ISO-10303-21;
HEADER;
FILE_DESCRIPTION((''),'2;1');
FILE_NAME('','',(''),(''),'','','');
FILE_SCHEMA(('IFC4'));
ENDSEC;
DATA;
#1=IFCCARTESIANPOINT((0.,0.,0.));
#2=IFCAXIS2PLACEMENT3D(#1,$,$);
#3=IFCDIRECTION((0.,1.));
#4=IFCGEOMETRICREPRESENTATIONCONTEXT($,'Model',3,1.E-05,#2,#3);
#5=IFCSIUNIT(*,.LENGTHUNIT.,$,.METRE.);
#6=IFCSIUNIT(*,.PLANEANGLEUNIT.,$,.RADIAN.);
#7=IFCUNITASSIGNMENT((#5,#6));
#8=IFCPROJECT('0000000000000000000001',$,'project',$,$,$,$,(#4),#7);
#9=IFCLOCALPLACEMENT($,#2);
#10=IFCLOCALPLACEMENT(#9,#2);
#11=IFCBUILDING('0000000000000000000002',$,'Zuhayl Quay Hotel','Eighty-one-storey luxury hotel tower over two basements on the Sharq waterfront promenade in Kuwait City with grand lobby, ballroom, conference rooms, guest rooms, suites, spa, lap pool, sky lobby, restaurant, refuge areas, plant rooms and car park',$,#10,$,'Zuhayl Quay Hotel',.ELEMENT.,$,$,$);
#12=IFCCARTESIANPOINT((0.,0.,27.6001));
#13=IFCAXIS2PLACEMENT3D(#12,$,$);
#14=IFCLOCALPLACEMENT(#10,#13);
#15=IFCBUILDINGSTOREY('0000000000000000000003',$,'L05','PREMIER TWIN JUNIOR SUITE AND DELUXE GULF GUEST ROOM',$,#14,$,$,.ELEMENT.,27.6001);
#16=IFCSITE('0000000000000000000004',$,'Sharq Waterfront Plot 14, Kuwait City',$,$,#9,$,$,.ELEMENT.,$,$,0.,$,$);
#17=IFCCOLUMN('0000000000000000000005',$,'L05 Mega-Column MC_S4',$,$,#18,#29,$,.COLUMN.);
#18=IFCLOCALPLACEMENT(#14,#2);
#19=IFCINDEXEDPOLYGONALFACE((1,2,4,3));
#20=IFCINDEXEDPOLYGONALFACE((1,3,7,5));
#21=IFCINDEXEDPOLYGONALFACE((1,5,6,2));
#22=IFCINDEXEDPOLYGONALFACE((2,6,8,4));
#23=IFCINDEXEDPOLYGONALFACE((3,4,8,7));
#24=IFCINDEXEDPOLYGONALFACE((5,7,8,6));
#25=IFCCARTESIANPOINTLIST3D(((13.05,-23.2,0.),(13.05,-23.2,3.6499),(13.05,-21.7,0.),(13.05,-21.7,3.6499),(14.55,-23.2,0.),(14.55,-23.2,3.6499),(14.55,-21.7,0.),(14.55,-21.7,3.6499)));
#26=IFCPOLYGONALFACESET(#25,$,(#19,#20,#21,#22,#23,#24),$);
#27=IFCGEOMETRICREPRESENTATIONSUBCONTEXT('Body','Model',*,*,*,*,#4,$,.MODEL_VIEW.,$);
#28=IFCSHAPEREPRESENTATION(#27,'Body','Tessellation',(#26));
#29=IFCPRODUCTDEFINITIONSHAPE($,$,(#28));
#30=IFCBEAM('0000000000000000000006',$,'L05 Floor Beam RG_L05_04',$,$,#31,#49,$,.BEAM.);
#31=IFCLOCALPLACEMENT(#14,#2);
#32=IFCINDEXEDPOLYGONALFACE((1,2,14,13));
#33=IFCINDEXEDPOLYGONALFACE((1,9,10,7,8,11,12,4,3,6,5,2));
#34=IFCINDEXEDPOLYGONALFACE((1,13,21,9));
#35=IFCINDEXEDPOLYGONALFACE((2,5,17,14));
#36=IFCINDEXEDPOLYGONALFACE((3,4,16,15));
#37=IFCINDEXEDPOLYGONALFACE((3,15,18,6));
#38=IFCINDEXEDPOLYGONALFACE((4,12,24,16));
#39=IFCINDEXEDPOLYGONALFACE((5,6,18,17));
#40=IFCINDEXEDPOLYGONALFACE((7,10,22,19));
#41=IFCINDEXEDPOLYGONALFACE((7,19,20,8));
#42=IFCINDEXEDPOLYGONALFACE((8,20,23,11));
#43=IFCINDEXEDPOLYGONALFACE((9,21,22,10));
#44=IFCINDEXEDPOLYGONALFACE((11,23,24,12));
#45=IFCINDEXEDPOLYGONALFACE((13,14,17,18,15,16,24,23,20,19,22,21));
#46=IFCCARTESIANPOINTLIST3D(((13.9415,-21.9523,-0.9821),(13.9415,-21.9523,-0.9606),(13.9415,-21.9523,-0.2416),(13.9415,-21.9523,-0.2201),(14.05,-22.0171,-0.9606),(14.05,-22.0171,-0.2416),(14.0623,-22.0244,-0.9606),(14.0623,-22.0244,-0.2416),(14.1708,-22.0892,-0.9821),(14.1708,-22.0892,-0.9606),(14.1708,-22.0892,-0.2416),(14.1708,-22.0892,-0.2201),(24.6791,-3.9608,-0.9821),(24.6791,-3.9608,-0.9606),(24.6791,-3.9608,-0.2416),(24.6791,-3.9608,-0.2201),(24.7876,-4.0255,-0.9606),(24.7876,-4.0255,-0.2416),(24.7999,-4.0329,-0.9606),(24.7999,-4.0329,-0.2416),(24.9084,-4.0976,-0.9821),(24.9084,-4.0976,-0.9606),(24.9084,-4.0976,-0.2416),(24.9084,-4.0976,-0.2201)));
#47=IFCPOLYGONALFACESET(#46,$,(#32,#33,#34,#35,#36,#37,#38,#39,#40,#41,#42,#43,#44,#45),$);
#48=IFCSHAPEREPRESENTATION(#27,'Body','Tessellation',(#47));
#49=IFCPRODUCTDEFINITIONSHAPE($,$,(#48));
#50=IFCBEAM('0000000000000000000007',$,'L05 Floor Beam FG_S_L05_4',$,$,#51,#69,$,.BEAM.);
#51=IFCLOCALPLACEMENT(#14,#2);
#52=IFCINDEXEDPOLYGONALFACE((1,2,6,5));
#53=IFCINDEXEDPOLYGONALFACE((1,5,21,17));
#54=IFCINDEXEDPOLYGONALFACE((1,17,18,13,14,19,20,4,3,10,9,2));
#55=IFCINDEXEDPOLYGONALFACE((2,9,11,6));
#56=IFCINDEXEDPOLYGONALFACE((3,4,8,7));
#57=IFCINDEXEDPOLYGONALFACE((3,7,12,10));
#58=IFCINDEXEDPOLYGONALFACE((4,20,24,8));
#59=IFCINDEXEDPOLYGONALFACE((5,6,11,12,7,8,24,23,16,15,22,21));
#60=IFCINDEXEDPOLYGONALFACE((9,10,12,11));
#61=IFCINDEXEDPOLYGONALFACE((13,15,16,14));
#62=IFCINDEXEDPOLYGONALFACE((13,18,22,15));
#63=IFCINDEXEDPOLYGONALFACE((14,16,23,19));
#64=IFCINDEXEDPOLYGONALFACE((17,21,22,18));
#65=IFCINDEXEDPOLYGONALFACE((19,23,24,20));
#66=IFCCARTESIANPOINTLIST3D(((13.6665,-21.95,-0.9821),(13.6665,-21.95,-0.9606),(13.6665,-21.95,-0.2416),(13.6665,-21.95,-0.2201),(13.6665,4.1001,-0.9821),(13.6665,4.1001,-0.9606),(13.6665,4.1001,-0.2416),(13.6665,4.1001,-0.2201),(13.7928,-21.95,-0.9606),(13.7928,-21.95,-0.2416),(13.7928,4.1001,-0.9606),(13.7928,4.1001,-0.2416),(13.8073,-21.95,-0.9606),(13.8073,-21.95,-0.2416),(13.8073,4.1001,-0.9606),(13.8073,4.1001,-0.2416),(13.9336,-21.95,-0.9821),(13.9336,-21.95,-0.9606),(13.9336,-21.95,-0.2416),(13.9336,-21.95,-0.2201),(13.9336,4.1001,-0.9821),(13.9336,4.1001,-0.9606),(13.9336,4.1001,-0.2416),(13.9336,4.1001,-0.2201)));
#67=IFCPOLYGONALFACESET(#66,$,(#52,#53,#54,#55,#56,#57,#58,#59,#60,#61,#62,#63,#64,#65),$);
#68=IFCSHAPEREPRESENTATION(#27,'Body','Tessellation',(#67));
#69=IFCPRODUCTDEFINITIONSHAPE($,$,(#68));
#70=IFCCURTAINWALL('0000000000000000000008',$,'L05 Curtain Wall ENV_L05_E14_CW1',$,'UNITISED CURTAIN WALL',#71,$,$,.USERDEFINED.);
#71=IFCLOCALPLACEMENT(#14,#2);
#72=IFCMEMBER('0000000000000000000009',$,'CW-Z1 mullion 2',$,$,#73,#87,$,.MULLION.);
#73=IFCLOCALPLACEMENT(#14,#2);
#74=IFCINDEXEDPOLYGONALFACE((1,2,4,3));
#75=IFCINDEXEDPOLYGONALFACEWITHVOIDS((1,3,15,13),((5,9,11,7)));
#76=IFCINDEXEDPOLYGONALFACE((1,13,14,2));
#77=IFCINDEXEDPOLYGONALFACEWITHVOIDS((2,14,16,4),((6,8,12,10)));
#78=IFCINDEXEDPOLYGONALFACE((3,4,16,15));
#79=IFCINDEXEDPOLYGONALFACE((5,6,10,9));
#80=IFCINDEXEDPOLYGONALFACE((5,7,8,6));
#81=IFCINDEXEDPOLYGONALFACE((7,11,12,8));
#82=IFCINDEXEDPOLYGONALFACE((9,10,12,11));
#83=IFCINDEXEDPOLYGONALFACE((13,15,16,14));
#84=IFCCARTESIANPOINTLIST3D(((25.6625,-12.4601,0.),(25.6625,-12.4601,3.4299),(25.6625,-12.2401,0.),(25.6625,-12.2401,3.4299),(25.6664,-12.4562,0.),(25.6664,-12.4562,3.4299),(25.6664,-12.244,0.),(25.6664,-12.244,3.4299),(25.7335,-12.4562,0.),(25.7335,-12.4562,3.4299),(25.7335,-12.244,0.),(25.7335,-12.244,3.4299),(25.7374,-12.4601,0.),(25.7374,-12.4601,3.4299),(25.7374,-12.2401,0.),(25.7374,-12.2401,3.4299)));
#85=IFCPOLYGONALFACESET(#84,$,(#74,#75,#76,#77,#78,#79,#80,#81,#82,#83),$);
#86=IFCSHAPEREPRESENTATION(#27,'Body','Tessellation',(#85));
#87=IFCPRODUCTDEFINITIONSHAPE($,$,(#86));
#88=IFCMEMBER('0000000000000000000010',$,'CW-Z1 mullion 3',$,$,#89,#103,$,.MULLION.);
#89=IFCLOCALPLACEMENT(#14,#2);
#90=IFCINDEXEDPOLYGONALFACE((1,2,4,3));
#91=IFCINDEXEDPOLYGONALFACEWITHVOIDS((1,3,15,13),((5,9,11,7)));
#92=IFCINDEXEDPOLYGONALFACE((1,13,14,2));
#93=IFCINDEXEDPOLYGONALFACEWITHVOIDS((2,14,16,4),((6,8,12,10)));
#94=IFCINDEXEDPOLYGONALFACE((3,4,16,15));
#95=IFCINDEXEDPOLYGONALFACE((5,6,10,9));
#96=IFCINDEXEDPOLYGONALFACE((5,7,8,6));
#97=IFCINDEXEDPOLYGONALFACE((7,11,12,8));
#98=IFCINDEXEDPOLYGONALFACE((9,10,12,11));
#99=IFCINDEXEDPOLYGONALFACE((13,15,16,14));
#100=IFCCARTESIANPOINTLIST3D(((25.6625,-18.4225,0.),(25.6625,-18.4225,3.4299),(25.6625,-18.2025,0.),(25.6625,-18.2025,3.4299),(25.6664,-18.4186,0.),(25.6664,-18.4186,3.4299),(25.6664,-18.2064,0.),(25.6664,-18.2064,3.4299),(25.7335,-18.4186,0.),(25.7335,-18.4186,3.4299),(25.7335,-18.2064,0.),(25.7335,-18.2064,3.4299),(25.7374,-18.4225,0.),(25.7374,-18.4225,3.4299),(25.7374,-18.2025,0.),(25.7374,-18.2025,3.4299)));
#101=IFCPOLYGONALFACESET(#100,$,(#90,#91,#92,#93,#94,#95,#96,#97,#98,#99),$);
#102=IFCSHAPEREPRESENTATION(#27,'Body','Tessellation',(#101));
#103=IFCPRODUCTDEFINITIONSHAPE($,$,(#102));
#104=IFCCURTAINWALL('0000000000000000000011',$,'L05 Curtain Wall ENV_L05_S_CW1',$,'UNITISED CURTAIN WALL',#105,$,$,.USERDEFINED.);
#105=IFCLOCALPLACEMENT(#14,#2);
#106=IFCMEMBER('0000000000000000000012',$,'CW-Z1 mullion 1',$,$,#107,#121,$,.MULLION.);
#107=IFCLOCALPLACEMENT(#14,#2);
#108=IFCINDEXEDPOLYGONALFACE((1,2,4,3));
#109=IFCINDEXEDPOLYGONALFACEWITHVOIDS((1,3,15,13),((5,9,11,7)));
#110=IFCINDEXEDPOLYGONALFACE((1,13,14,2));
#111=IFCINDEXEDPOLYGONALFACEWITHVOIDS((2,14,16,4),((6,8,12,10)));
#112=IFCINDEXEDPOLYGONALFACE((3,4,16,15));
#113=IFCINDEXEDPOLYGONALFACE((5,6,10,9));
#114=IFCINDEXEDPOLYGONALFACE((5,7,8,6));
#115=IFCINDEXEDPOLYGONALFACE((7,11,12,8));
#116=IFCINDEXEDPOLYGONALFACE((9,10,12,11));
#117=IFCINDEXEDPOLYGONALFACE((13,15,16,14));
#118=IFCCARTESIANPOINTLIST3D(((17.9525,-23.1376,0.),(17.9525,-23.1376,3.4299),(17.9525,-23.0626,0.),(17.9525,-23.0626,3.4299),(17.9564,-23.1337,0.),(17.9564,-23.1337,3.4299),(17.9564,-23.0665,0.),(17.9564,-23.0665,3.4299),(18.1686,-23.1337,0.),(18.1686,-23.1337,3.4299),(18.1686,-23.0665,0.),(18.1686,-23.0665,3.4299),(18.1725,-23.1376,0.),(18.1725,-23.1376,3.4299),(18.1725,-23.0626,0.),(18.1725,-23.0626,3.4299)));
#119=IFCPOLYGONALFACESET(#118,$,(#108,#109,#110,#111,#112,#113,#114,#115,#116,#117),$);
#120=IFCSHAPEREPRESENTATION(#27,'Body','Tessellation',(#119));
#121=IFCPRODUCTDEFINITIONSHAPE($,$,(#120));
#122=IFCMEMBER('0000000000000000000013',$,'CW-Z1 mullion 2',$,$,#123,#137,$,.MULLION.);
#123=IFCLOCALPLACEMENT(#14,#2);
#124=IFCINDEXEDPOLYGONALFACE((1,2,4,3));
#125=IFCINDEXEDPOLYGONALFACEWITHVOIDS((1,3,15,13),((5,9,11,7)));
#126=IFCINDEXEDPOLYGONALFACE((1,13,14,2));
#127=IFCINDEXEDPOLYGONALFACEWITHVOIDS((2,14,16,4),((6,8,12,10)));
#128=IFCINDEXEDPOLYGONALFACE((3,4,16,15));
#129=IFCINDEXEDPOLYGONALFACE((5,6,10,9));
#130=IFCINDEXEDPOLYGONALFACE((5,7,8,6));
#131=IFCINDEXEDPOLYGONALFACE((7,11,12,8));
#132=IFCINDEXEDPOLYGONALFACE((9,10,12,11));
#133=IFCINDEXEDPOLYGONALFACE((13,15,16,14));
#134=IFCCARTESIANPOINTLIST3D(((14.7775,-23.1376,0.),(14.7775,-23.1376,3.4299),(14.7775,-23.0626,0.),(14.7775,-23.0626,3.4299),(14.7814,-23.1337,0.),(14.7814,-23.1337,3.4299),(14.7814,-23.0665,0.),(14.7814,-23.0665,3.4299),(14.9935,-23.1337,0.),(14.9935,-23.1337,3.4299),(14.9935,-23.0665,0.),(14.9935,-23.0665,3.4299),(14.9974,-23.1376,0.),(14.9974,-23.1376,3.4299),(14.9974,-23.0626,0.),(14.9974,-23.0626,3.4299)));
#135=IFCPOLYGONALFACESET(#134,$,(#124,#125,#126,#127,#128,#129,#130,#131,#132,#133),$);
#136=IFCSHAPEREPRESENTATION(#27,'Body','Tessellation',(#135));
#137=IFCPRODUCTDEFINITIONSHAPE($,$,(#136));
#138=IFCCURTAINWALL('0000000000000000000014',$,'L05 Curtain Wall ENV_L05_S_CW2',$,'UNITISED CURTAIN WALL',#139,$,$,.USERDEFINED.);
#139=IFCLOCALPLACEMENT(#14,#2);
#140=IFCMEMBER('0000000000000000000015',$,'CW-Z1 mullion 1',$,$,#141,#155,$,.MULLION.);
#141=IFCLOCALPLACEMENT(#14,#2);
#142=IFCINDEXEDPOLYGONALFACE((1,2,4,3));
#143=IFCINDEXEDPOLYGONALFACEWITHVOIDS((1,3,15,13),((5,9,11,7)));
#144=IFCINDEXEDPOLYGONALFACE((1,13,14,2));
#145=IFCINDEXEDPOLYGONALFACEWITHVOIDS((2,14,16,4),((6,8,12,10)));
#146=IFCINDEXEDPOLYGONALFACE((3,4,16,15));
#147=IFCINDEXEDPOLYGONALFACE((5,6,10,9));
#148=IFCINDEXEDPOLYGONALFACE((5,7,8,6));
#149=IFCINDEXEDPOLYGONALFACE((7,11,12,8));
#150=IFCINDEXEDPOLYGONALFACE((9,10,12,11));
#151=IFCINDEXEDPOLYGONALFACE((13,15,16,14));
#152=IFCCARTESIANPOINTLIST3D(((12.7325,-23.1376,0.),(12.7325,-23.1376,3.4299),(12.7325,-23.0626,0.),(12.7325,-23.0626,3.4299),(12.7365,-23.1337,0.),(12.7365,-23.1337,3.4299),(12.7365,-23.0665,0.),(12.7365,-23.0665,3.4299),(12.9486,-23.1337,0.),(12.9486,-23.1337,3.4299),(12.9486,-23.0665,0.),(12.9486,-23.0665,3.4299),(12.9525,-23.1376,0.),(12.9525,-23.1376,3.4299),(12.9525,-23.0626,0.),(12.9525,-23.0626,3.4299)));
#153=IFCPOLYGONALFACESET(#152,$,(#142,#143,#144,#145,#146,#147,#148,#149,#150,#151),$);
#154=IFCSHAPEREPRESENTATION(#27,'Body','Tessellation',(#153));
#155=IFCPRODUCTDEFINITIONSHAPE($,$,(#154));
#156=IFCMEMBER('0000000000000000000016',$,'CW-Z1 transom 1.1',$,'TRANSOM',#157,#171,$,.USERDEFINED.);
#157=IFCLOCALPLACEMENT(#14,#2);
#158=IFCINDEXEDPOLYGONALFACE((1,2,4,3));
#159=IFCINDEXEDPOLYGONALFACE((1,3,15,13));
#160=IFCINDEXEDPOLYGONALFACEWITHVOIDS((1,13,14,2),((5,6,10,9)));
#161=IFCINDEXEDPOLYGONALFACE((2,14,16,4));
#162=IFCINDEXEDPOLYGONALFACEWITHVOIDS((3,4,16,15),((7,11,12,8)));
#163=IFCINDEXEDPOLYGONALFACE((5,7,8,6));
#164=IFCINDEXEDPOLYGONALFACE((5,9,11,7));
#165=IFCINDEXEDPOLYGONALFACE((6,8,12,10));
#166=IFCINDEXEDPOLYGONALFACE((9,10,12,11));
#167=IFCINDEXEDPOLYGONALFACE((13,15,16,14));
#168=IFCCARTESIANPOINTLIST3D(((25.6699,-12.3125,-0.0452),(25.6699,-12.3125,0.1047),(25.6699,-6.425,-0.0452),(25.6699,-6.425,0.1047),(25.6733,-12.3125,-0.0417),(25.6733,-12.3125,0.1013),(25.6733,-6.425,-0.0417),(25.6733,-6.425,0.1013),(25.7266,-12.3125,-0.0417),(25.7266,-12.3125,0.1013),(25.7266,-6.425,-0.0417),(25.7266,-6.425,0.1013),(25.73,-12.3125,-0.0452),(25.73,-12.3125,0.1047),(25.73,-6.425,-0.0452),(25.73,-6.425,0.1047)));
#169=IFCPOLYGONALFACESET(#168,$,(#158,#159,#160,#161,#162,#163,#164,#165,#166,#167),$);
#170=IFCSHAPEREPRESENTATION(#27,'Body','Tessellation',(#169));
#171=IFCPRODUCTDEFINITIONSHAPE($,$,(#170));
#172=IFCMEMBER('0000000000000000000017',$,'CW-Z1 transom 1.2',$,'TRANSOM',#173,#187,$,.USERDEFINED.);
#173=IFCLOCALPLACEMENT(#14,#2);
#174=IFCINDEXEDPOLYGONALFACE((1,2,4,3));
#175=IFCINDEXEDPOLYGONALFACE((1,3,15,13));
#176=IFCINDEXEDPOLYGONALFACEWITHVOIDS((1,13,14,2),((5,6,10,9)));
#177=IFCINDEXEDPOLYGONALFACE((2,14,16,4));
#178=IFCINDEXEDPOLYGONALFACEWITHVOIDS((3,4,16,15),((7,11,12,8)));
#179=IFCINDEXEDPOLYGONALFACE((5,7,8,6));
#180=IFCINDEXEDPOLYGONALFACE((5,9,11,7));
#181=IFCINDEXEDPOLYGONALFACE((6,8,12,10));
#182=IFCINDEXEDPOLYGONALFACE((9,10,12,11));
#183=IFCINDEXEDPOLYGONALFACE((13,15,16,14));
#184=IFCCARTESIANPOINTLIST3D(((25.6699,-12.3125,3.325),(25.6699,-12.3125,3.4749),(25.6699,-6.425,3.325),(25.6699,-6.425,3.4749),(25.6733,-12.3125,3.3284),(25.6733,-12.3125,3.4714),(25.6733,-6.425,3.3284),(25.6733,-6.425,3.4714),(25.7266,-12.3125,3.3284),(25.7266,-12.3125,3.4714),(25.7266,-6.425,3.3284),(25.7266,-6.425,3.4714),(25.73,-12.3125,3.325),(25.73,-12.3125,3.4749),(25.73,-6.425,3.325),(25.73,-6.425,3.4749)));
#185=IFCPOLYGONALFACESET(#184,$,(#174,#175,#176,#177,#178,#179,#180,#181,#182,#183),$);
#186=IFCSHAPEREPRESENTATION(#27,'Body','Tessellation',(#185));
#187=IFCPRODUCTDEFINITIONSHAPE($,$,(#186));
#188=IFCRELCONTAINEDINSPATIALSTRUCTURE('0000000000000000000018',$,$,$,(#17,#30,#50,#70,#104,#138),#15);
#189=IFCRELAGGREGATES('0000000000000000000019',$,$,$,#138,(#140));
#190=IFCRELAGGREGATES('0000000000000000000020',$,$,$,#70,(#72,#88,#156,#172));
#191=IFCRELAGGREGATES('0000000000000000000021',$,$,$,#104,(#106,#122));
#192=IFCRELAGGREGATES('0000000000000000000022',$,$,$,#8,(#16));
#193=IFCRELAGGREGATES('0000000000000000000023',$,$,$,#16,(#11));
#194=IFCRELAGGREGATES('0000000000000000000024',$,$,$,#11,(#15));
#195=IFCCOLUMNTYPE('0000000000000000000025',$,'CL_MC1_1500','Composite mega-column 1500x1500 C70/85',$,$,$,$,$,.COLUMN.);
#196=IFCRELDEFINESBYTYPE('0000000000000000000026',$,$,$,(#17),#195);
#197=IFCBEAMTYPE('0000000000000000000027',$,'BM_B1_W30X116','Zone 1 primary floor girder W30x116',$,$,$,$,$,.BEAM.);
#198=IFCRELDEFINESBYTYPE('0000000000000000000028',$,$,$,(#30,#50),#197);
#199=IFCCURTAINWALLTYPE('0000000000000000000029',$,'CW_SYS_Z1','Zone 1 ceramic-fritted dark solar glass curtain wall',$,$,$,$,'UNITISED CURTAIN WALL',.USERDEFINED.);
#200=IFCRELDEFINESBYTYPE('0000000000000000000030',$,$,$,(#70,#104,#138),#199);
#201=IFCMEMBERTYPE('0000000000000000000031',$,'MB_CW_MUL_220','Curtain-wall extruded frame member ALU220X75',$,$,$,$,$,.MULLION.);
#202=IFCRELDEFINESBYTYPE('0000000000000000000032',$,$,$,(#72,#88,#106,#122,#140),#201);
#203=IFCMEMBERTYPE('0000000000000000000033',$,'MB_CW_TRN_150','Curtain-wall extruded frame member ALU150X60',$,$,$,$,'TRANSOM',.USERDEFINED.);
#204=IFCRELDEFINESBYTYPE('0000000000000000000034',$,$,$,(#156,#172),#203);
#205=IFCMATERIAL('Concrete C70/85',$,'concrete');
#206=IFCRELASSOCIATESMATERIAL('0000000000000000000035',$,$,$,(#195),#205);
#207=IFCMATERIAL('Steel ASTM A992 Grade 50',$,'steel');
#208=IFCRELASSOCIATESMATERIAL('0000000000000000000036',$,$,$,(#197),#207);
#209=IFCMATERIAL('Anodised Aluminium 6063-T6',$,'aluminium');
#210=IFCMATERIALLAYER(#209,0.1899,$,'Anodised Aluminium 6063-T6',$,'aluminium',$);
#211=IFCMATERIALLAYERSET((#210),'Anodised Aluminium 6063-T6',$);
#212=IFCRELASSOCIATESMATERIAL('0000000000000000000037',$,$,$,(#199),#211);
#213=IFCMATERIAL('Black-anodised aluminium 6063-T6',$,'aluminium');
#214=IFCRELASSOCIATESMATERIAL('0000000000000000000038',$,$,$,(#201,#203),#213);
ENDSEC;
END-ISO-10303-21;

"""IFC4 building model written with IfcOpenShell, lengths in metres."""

from ifc_helpers import new_model, si_unit, direction, frame, origin, origin_2d, place, context, subcontext, project, spatial, rectangle, hollow_rectangle, i_section, extrude, material, layer, layer_set, material_profile, profile_set, type_object, element, aggregate, save


model = new_model("IFC4")

# Units and contexts
model_context = context("Model", 3, precision=1e-05, world=origin(), true_north=direction((0.0, 1.0)))
body_context = subcontext(model_context, "Body", "Model", "MODEL_VIEW")
ifc_project = project(units=[si_unit("LENGTHUNIT", "METRE"), si_unit("PLANEANGLEUNIT", "RADIAN")], contexts=[model_context])

# Site, building, storey
site_placement = place(None, origin())
site = spatial("IfcSite", under=ifc_project, at=site_placement, Name="Sharq Waterfront Plot 14, Kuwait City", CompositionType="ELEMENT", RefElevation=0.0)
building_placement = place(site_placement, origin())
building = spatial("IfcBuilding", under=site, at=building_placement, Name="Zuhayl Quay Hotel", Description="Eighty-one-storey luxury hotel tower over two basements on the Sharq waterfront promenade in Kuwait City with grand lobby, ballroom, conference rooms, guest rooms, suites, spa, lap pool, sky lobby, restaurant, refuge areas, plant rooms and car park", LongName="Zuhayl Quay Hotel", CompositionType="ELEMENT")
storey_placement = place(building_placement, frame((0.0, 0.0, 27.6001)))
storey = spatial("IfcBuildingStorey", under=building, at=storey_placement, Name="L05", Description="PREMIER TWIN JUNIOR SUITE AND DELUXE GULF GUEST ROOM", CompositionType="ELEMENT", Elevation=27.6001)

# Column
ifc_material_1 = material(Name="Concrete C70/85", Category="concrete")
ifc_material_profile_1 = material_profile(ifc_material_1, rectangle(XDim=1.5, YDim=1.5, at=origin_2d()), Name="RC1500X1500")
ifc_profile_set_1 = profile_set([ifc_material_profile_1], Name="Concrete C70/85")
column_type = type_object("IfcColumnType", Name="CL_MC1_1500", Description="Composite mega-column 1500x1500 C70/85", PredefinedType="COLUMN", material=ifc_profile_set_1)
column_placement = place(storey_placement, frame((13.8, -22.45, 0.0), z_axis=(0.0, 0.0, 1.0), x_axis=(1.0, 0.0, 0.0)))
element("IfcColumn", 1, at=column_placement, inside=storey, type_object=column_type, Name="L05 Mega-Column MC_S4", PredefinedType="COLUMN", context=body_context, shape_type="SweptSolid", body=[
    extrude(rectangle(XDim=1.5, YDim=1.5, at=origin_2d()), origin(), (0.0, 0.0, 1.0), 3.6499),
])

# Beams
ifc_material_2 = material(Name="Steel ASTM A992 Grade 50", Category="steel")
ifc_material_profile_2 = material_profile(ifc_material_2, i_section(OverallWidth=0.2671, OverallDepth=0.762, WebThickness=0.0144, FlangeThickness=0.0215, at=origin_2d()), Name="W30X116")
ifc_profile_set_2 = profile_set([ifc_material_profile_2], Name="Steel ASTM A992 Grade 50")
beam_type = type_object("IfcBeamType", Name="BM_B1_W30X116", Description="Zone 1 primary floor girder W30x116", PredefinedType="BEAM", material=ifc_profile_set_2)
beam_1_placement = place(storey_placement, frame((14.0562, -22.0208, -0.6011), z_axis=(0.512483, 0.858698, 0.0), x_axis=(-0.858698, 0.512483, 0.0)))
element("IfcBeam", 2, at=beam_1_placement, inside=storey, type_object=beam_type, Name="L05 Floor Beam RG_L05_04", PredefinedType="BEAM", context=body_context, shape_type="SweptSolid", body=[
    extrude(i_section(OverallWidth=0.2671, OverallDepth=0.762, WebThickness=0.0144, FlangeThickness=0.0215, at=origin_2d()), origin(), (0.0, 0.0, 1.0), 20.9521),
])
beam_2_placement = place(storey_placement, frame((13.8, -21.95, -0.6011), z_axis=(0.0, 1.0, 0.0), x_axis=(-1.0, 0.0, 0.0)))
element("IfcBeam", 3, at=beam_2_placement, inside=storey, type_object=beam_type, Name="L05 Floor Beam FG_S_L05_4", PredefinedType="BEAM", context=body_context, shape_type="SweptSolid", body=[
    extrude(i_section(OverallWidth=0.2671, OverallDepth=0.762, WebThickness=0.0144, FlangeThickness=0.0215, at=origin_2d()), origin(), (0.0, 0.0, 1.0), 26.05),
])

# Curtain walls, members
ifc_material_3 = material(Name="Anodised Aluminium 6063-T6", Category="aluminium")
ifc_layer_1 = layer(ifc_material_3, 0.1899, Name="Anodised Aluminium 6063-T6", Category="aluminium")
ifc_layer_set_1 = layer_set([ifc_layer_1], Name="Anodised Aluminium 6063-T6")
curtain_wall_type = type_object("IfcCurtainWallType", Name="CW_SYS_Z1", Description="Zone 1 ceramic-fritted dark solar glass curtain wall", ElementType="UNITISED CURTAIN WALL", PredefinedType="USERDEFINED", material=ifc_layer_set_1)
curtain_wall_1_placement = place(storey_placement, origin())
curtain_wall_1 = element("IfcCurtainWall", 4, at=curtain_wall_1_placement, inside=storey, type_object=curtain_wall_type, Name="L05 Curtain Wall ENV_L05_E14_CW1", ObjectType="UNITISED CURTAIN WALL", PredefinedType="USERDEFINED")
ifc_material_4 = material(Name="Black-anodised aluminium 6063-T6", Category="aluminium")
ifc_material_profile_3 = material_profile(ifc_material_4, hollow_rectangle(XDim=0.075, YDim=0.22, WallThickness=0.0039, at=origin_2d()), Name="ALU220X75")
ifc_profile_set_3 = profile_set([ifc_material_profile_3], Name="Black-anodised aluminium 6063-T6")
member_type_1 = type_object("IfcMemberType", Name="MB_CW_MUL_220", Description="Curtain-wall extruded frame member ALU220X75", PredefinedType="MULLION", material=ifc_profile_set_3)
member_1_placement = place(storey_placement, frame((25.7, -12.3501, 0.0), z_axis=(0.0, 0.0, 1.0), x_axis=(1.0, 0.0, 0.0)))
member_1 = element("IfcMember", 5, at=member_1_placement, type_object=member_type_1, Name="CW-Z1 mullion 2", PredefinedType="MULLION", context=body_context, shape_type="SweptSolid", body=[
    extrude(hollow_rectangle(XDim=0.075, YDim=0.22, WallThickness=0.0039, at=origin_2d()), origin(), (0.0, 0.0, 1.0), 3.4299),
])
member_2_placement = place(storey_placement, frame((25.7, -18.3125, 0.0), z_axis=(0.0, 0.0, 1.0), x_axis=(1.0, 0.0, 0.0)))
member_2 = element("IfcMember", 6, at=member_2_placement, type_object=member_type_1, Name="CW-Z1 mullion 3", PredefinedType="MULLION", context=body_context, shape_type="SweptSolid", body=[
    extrude(hollow_rectangle(XDim=0.075, YDim=0.22, WallThickness=0.0039, at=origin_2d()), origin(), (0.0, 0.0, 1.0), 3.4299),
])
curtain_wall_2_placement = place(storey_placement, origin())
curtain_wall_2 = element("IfcCurtainWall", 7, at=curtain_wall_2_placement, inside=storey, type_object=curtain_wall_type, Name="L05 Curtain Wall ENV_L05_S_CW1", ObjectType="UNITISED CURTAIN WALL", PredefinedType="USERDEFINED")
member_3_placement = place(storey_placement, frame((18.0625, -23.1001, 0.0), z_axis=(0.0, 0.0, 1.0), x_axis=(0.0, -1.0, 0.0)))
member_3 = element("IfcMember", 8, at=member_3_placement, type_object=member_type_1, Name="CW-Z1 mullion 1", PredefinedType="MULLION", context=body_context, shape_type="SweptSolid", body=[
    extrude(hollow_rectangle(XDim=0.075, YDim=0.22, WallThickness=0.0039, at=origin_2d()), origin(), (0.0, 0.0, 1.0), 3.4299),
])
member_4_placement = place(storey_placement, frame((14.8875, -23.1001, 0.0), z_axis=(0.0, 0.0, 1.0), x_axis=(0.0, -1.0, 0.0)))
member_4 = element("IfcMember", 9, at=member_4_placement, type_object=member_type_1, Name="CW-Z1 mullion 2", PredefinedType="MULLION", context=body_context, shape_type="SweptSolid", body=[
    extrude(hollow_rectangle(XDim=0.075, YDim=0.22, WallThickness=0.0039, at=origin_2d()), origin(), (0.0, 0.0, 1.0), 3.4299),
])

# Curtain wall, member
curtain_wall_3_placement = place(storey_placement, origin())
curtain_wall_3 = element("IfcCurtainWall", 10, at=curtain_wall_3_placement, inside=storey, type_object=curtain_wall_type, Name="L05 Curtain Wall ENV_L05_S_CW2", ObjectType="UNITISED CURTAIN WALL", PredefinedType="USERDEFINED")
member_5_placement = place(storey_placement, frame((12.8425, -23.1001, 0.0), z_axis=(0.0, 0.0, 1.0), x_axis=(0.0, -1.0, 0.0)))
member_5 = element("IfcMember", 11, at=member_5_placement, type_object=member_type_1, Name="CW-Z1 mullion 1", PredefinedType="MULLION", context=body_context, shape_type="SweptSolid", body=[
    extrude(hollow_rectangle(XDim=0.075, YDim=0.22, WallThickness=0.0039, at=origin_2d()), origin(), (0.0, 0.0, 1.0), 3.4299),
])

# Members
ifc_material_profile_4 = material_profile(ifc_material_4, hollow_rectangle(XDim=0.0601, YDim=0.1499, WallThickness=0.0034, at=origin_2d()), Name="ALU150X60")
ifc_profile_set_4 = profile_set([ifc_material_profile_4], Name="Black-anodised aluminium 6063-T6")
member_type_2 = type_object("IfcMemberType", Name="MB_CW_TRN_150", Description="Curtain-wall extruded frame member ALU150X60", ElementType="TRANSOM", PredefinedType="USERDEFINED", material=ifc_profile_set_4)
member_6_placement = place(storey_placement, frame((25.7, -6.425, 0.0298), z_axis=(0.0, -1.0, 0.0), x_axis=(1.0, 0.0, 0.0)))
member_6 = element("IfcMember", 12, at=member_6_placement, type_object=member_type_2, Name="CW-Z1 transom 1.1", ObjectType="TRANSOM", PredefinedType="USERDEFINED", context=body_context, shape_type="SweptSolid", body=[
    extrude(hollow_rectangle(XDim=0.0601, YDim=0.1499, WallThickness=0.0034, at=origin_2d()), origin(), (0.0, 0.0, 1.0), 5.8875),
])
member_7_placement = place(storey_placement, frame((25.7, -6.425, 3.3999), z_axis=(0.0, -1.0, 0.0), x_axis=(1.0, 0.0, 0.0)))
member_7 = element("IfcMember", 13, at=member_7_placement, type_object=member_type_2, Name="CW-Z1 transom 1.2", ObjectType="TRANSOM", PredefinedType="USERDEFINED", context=body_context, shape_type="SweptSolid", body=[
    extrude(hollow_rectangle(XDim=0.0601, YDim=0.1499, WallThickness=0.0034, at=origin_2d()), origin(), (0.0, 0.0, 1.0), 5.8875),
])
aggregate(curtain_wall_3, [member_5])

aggregate(curtain_wall_1, [member_1, member_2, member_6, member_7])
aggregate(curtain_wall_2, [member_3, member_4])

save(model, "model.ifc")
